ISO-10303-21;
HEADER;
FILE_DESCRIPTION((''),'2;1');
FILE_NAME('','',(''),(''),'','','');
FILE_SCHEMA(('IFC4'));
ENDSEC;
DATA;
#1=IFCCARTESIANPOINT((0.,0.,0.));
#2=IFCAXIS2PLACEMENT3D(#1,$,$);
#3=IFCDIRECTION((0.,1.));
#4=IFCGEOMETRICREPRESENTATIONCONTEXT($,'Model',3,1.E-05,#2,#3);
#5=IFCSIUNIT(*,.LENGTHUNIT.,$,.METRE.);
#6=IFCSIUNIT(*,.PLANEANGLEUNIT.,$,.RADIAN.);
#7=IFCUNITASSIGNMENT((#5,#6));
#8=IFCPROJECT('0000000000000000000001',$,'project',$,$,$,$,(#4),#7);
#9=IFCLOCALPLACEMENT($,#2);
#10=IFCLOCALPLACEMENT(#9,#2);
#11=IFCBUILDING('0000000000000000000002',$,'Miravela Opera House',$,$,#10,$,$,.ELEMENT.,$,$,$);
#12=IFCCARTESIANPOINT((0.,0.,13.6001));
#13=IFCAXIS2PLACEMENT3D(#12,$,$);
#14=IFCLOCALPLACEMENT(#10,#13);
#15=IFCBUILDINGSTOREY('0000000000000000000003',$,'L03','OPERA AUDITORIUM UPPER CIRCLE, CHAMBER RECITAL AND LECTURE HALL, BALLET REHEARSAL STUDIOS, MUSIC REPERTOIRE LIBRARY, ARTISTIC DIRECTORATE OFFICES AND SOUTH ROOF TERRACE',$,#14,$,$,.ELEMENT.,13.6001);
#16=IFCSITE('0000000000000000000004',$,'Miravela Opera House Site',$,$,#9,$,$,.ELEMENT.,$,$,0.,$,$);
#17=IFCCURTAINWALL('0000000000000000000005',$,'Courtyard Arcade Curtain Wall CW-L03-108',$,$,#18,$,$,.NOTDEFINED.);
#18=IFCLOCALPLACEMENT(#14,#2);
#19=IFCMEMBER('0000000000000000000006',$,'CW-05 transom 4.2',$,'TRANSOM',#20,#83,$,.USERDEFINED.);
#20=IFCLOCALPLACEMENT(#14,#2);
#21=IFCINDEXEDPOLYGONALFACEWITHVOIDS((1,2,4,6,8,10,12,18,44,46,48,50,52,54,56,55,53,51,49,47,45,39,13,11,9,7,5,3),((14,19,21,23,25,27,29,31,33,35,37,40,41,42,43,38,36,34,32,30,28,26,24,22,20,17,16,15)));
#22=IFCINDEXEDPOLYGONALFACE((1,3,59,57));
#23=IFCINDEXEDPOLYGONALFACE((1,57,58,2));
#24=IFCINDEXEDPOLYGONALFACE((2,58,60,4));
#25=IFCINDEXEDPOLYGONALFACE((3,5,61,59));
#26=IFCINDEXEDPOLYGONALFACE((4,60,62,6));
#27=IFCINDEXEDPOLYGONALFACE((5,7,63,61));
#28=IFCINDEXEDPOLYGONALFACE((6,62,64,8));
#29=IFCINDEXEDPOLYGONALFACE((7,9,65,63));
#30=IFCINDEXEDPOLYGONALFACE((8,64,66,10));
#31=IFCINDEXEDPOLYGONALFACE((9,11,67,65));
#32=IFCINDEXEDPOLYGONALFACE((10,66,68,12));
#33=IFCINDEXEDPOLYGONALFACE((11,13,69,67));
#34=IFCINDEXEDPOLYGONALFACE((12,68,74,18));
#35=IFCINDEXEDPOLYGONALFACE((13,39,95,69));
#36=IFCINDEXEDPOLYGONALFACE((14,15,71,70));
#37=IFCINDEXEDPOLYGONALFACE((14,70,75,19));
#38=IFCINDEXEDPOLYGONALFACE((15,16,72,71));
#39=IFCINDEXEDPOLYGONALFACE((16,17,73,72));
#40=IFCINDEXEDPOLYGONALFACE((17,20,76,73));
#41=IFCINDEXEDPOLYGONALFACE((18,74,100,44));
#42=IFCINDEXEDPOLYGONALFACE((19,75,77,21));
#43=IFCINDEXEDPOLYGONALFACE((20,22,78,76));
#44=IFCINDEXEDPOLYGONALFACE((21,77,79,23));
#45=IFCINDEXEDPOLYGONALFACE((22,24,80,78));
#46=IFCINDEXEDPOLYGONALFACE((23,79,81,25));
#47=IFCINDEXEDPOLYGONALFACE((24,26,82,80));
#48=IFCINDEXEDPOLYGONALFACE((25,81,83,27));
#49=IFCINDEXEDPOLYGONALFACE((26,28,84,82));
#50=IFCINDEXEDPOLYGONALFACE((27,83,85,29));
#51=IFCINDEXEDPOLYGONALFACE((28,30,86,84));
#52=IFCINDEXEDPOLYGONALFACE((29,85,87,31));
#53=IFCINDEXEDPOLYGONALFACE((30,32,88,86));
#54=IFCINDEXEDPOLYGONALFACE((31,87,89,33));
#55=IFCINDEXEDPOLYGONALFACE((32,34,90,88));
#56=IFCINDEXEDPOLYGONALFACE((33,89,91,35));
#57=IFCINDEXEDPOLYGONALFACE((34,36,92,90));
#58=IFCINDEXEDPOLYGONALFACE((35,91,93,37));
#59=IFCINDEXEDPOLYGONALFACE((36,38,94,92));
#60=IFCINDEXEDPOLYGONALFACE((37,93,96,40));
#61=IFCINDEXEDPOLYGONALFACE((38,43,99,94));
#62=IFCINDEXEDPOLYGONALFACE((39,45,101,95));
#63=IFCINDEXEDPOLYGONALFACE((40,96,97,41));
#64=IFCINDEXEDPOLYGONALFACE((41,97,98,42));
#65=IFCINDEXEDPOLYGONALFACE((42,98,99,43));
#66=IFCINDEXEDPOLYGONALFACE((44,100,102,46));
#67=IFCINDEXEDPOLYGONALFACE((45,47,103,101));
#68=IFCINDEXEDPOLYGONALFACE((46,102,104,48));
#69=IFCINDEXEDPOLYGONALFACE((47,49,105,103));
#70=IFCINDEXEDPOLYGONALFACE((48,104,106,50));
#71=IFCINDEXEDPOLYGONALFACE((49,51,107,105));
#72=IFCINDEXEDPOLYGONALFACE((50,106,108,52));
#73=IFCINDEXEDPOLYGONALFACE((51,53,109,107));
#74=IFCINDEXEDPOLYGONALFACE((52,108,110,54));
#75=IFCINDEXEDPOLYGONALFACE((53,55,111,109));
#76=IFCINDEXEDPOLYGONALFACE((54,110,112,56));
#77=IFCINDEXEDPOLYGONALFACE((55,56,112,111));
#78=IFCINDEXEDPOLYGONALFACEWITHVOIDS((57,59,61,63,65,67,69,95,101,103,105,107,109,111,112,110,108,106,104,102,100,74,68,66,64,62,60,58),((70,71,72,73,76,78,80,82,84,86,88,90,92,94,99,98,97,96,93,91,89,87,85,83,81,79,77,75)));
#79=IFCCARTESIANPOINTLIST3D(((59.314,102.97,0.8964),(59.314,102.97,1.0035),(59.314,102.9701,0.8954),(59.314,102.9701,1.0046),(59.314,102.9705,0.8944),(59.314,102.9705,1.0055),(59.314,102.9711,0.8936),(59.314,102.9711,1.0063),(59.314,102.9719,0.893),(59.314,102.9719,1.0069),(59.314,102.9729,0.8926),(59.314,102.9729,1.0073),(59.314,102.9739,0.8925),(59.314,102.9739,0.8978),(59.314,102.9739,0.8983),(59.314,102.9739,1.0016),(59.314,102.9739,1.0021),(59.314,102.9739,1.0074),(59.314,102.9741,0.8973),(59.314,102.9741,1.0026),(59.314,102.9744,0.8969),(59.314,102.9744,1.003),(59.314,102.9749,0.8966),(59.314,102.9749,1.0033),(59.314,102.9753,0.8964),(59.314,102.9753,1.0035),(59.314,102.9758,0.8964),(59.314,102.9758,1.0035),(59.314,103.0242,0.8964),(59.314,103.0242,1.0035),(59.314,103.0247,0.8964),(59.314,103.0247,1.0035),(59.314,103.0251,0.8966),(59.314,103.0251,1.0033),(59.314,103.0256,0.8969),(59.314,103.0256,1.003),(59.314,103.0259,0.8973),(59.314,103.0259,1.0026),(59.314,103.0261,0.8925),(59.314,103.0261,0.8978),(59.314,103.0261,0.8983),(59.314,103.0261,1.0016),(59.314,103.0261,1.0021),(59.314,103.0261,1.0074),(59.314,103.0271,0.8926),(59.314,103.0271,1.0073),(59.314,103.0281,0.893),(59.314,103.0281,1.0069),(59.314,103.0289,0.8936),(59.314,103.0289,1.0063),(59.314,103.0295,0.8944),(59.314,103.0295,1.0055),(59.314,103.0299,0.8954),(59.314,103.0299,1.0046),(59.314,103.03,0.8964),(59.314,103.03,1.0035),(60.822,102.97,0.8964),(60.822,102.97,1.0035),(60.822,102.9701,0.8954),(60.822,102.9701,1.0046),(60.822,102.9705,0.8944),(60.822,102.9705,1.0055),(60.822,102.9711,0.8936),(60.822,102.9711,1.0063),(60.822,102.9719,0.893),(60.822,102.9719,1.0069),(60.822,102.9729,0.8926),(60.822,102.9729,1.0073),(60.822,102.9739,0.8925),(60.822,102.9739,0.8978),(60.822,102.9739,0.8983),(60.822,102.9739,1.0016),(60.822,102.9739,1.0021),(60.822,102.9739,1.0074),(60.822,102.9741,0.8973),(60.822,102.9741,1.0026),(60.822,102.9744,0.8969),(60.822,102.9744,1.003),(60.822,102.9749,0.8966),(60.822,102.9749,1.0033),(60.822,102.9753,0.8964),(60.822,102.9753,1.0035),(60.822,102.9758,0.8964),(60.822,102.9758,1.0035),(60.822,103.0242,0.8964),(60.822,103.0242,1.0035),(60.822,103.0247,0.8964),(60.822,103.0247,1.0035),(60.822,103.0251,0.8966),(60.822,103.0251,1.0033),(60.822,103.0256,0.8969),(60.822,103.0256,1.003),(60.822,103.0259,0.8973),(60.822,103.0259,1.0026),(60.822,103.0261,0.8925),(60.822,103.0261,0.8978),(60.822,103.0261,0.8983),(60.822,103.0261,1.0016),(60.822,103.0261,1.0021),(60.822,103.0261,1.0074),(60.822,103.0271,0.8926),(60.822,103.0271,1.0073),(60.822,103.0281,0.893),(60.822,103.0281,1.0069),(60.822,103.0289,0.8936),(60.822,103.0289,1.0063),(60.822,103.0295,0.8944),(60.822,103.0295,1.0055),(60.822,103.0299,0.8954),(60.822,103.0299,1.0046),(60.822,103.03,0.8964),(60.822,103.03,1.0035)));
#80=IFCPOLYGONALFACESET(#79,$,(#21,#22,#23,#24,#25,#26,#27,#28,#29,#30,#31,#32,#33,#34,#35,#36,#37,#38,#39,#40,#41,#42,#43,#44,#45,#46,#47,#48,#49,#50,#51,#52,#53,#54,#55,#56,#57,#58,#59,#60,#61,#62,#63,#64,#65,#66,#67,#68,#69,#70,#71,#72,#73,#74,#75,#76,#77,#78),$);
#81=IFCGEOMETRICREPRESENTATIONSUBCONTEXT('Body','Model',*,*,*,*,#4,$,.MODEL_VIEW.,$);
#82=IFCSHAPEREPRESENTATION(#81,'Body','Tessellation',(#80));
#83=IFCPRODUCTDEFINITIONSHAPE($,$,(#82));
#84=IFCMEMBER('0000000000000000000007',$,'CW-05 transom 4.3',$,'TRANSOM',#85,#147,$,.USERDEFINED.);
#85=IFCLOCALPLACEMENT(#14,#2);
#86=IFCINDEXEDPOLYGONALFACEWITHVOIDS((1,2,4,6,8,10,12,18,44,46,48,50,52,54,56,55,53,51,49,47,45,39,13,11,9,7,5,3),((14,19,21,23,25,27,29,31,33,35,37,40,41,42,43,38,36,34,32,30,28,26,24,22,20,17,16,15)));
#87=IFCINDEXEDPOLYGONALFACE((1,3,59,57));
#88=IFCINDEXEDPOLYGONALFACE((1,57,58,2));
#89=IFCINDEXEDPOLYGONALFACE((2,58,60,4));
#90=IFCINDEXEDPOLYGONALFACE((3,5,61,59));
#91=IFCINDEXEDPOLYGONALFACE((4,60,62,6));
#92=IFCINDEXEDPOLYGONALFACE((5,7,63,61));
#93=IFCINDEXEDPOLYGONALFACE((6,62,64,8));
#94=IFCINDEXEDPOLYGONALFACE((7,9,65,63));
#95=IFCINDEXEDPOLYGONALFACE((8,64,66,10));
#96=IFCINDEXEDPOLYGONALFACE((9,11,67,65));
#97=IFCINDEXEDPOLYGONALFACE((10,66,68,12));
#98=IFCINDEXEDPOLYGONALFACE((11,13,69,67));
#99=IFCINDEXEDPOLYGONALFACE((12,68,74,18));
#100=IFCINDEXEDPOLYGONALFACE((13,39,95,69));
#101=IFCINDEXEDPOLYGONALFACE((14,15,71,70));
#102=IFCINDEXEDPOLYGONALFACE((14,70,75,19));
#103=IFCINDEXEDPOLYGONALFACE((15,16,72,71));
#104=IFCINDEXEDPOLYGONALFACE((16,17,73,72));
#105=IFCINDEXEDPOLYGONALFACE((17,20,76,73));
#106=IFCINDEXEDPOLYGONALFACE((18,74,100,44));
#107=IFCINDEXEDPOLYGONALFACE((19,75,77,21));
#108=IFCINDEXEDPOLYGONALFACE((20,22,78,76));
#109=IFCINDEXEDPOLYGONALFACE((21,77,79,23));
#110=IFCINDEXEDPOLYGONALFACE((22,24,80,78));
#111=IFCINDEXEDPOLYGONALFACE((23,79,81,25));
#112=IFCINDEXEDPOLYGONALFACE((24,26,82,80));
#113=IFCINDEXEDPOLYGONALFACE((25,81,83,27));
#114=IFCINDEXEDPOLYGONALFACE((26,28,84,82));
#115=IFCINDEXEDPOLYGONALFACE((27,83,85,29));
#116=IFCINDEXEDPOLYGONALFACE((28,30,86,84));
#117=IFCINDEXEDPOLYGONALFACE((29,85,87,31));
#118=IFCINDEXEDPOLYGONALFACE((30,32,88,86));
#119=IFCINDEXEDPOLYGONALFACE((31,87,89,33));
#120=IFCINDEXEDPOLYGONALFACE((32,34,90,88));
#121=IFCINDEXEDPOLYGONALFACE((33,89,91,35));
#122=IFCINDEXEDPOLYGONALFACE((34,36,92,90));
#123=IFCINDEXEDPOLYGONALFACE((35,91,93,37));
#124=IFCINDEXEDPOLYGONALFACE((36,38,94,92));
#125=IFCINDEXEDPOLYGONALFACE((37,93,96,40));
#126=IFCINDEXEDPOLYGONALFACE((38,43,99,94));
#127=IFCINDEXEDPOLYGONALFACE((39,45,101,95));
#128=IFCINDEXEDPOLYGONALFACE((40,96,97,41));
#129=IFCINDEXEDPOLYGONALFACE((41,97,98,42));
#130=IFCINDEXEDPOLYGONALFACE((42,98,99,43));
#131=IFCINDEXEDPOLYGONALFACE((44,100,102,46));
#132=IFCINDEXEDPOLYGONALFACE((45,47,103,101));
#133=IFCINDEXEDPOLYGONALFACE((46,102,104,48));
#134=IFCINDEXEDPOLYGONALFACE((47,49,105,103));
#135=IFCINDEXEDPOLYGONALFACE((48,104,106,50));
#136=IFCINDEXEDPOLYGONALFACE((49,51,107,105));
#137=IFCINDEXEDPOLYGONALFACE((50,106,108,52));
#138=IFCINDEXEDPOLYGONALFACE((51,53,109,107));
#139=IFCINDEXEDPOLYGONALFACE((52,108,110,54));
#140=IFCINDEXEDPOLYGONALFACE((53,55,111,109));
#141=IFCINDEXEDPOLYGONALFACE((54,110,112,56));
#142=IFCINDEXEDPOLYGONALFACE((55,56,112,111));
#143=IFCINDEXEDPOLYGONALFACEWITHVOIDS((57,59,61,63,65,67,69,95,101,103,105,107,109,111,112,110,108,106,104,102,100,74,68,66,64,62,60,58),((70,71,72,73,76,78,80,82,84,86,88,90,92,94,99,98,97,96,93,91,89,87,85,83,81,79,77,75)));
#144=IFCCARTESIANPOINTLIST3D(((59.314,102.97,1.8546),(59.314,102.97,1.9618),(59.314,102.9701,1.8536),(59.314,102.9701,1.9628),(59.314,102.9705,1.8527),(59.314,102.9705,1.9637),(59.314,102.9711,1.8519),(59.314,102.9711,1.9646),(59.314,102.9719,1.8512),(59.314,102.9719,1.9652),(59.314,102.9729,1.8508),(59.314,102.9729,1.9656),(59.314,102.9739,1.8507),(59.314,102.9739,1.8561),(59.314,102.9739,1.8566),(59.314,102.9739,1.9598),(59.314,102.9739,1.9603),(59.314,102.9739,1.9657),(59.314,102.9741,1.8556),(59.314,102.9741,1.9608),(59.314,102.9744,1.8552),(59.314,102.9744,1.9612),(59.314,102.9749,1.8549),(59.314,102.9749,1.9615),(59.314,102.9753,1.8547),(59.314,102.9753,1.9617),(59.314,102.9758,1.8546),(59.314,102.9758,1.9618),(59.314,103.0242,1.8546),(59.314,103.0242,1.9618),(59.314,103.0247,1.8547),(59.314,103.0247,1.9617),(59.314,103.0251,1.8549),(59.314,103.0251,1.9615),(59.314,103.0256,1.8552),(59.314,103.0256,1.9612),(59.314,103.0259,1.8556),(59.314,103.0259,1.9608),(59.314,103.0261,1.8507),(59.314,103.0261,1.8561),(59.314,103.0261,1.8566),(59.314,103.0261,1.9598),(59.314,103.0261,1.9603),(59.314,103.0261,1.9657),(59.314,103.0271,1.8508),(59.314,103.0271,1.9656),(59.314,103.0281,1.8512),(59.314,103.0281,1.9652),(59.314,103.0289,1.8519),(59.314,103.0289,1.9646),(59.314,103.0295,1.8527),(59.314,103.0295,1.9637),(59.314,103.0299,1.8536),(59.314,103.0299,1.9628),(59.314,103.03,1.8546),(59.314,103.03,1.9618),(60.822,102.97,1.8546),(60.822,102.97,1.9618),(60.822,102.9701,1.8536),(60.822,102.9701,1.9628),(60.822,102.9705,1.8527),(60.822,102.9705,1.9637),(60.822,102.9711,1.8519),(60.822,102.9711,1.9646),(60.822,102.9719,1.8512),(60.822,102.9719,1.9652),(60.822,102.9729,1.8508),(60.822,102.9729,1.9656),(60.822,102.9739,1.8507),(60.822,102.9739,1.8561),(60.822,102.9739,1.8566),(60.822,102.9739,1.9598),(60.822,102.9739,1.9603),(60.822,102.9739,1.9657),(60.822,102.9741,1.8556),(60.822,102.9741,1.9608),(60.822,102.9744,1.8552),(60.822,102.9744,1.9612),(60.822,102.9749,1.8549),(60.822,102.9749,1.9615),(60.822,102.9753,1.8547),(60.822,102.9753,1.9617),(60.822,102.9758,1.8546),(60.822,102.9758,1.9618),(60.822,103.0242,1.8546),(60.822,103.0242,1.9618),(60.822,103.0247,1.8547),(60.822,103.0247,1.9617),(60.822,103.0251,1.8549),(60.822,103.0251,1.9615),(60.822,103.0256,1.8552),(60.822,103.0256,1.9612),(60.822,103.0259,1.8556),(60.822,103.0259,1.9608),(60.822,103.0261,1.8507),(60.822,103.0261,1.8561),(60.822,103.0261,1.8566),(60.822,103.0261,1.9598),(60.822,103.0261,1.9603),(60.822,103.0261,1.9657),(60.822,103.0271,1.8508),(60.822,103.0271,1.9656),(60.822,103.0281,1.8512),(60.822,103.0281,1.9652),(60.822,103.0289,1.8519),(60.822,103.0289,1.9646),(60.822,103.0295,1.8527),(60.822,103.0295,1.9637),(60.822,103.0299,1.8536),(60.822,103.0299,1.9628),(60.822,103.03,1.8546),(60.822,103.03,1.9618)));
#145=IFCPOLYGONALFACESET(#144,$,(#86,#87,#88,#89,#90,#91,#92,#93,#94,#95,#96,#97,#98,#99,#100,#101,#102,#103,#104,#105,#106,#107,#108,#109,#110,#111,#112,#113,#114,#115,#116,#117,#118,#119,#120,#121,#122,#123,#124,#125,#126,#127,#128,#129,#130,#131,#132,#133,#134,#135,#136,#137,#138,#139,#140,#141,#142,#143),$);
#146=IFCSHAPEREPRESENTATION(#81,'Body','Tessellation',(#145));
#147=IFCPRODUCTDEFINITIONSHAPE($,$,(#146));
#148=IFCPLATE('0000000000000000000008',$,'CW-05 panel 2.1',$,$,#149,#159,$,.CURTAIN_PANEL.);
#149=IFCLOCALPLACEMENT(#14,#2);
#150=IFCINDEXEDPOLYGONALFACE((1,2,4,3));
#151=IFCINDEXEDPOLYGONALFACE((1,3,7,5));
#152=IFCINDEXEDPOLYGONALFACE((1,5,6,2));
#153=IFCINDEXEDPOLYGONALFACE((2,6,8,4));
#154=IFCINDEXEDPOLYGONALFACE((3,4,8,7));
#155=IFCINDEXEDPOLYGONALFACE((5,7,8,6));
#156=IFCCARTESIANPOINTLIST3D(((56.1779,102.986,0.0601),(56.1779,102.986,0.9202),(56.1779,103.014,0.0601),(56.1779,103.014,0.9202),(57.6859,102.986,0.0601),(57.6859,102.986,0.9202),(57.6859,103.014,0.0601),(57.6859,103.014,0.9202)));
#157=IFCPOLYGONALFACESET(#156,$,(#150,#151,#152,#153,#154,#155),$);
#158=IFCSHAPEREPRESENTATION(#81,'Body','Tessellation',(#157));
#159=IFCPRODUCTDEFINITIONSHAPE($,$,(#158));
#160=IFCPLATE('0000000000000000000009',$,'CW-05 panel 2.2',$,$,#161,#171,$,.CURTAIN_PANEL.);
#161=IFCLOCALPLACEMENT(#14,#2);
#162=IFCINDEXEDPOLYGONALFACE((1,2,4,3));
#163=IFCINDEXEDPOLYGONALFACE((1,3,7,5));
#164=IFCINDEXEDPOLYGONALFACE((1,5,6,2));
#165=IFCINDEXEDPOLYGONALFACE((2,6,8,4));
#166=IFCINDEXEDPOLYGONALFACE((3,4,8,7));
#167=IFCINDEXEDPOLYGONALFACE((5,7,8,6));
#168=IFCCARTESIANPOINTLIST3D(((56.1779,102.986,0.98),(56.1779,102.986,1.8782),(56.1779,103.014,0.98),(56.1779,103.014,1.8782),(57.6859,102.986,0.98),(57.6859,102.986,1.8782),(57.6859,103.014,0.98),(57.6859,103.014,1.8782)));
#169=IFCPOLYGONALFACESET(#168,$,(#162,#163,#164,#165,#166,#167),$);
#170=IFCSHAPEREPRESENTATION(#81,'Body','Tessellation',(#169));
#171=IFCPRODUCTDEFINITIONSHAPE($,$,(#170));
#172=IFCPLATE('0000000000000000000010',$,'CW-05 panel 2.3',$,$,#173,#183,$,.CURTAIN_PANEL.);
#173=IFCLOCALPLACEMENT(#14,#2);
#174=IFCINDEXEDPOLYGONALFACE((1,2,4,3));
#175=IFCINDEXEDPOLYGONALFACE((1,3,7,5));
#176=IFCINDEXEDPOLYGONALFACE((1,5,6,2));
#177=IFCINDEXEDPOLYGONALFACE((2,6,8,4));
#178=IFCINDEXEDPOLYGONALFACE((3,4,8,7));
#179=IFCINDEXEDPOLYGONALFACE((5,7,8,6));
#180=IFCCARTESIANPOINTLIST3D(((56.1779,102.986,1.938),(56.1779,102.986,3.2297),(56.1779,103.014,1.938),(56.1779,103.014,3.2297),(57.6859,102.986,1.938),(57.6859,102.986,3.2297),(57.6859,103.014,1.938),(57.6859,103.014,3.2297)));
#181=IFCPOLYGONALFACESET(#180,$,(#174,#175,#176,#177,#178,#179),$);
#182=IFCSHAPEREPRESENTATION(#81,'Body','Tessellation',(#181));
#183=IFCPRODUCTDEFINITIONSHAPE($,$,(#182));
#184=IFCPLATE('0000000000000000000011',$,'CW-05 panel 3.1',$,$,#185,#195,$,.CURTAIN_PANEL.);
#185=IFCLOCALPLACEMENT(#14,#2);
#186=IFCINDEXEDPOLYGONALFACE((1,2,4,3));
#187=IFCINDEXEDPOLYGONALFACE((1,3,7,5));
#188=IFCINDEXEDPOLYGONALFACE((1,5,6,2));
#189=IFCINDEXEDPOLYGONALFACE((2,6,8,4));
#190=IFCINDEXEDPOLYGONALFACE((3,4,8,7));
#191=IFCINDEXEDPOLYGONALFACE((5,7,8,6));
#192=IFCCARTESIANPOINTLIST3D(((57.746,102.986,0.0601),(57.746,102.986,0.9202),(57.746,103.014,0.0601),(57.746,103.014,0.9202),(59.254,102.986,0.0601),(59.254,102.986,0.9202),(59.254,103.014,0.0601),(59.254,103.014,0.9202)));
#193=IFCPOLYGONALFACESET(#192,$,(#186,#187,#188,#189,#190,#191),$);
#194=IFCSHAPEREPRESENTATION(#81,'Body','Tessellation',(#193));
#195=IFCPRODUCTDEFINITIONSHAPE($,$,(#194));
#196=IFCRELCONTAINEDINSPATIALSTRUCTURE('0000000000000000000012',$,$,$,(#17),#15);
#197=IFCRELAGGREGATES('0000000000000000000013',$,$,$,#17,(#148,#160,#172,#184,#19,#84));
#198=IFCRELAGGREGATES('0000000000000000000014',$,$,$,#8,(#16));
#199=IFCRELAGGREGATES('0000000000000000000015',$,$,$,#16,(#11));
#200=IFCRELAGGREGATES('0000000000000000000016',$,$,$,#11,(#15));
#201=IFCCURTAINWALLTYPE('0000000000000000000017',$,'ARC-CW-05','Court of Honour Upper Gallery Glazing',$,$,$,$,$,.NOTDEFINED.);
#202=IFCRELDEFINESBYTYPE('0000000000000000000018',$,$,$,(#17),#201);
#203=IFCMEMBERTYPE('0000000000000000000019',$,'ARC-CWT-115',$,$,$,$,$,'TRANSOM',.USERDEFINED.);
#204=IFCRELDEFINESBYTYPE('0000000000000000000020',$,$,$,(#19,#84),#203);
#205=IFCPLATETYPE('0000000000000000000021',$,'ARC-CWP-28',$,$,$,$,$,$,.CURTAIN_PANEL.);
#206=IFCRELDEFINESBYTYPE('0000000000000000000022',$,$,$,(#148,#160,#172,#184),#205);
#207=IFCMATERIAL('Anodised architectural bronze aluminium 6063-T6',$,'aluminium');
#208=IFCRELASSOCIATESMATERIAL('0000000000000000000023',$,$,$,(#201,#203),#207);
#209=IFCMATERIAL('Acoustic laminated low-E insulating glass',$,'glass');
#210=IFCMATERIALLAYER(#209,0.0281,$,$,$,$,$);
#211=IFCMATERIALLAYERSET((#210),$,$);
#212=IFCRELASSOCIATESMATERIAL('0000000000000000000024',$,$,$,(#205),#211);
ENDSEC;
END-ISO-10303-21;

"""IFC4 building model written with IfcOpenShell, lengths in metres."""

from ifc_helpers import new_model, si_unit, direction, frame, origin, origin_2d, place, context, subcontext, project, spatial, rectangle, hollow_rectangle, extrude, material, layer, layer_set, material_profile, profile_set, type_object, element, aggregate, save


model = new_model("IFC4")

# Units and contexts
model_context = context("Model", 3, precision=1e-05, world=origin(), true_north=direction((0.0, 1.0)))
body_context = subcontext(model_context, "Body", "Model", "MODEL_VIEW")
ifc_project = project(units=[si_unit("LENGTHUNIT", "METRE"), si_unit("PLANEANGLEUNIT", "RADIAN")], contexts=[model_context])

# Site, building, storey
site_placement = place(None, origin())
site = spatial("IfcSite", under=ifc_project, at=site_placement, Name="Miravela Opera House Site", CompositionType="ELEMENT", RefElevation=0.0)
building_placement = place(site_placement, origin())
building = spatial("IfcBuilding", under=site, at=building_placement, Name="Miravela Opera House", CompositionType="ELEMENT")
storey_placement = place(building_placement, frame((0.0, 0.0, 13.6001)))
storey = spatial("IfcBuildingStorey", under=building, at=storey_placement, Name="L03", Description="OPERA AUDITORIUM UPPER CIRCLE, CHAMBER RECITAL AND LECTURE HALL, BALLET REHEARSAL STUDIOS, MUSIC REPERTOIRE LIBRARY, ARTISTIC DIRECTORATE OFFICES AND SOUTH ROOF TERRACE", CompositionType="ELEMENT", Elevation=13.6001)

# Curtain wall, members, plates
ifc_material_1 = material(Name="Anodised architectural bronze aluminium 6063-T6", Category="aluminium")
curtain_wall_type = type_object("IfcCurtainWallType", Name="ARC-CW-05", Description="Court of Honour Upper Gallery Glazing", PredefinedType="NOTDEFINED", material=ifc_material_1)
curtain_wall_placement = place(storey_placement, origin())
curtain_wall = element("IfcCurtainWall", 1, at=curtain_wall_placement, inside=storey, type_object=curtain_wall_type, Name="Courtyard Arcade Curtain Wall CW-L03-108", PredefinedType="NOTDEFINED")
ifc_material_profile_1 = material_profile(ifc_material_1, hollow_rectangle(XDim=0.0601, YDim=0.115, WallThickness=0.0039, InnerFilletRadius=0.002, OuterFilletRadius=0.0039, at=origin_2d()), Name="CWT-60X115")
ifc_profile_set_1 = profile_set([ifc_material_profile_1])
member_type_1 = type_object("IfcMemberType", Name="ARC-CWT-115", ElementType="TRANSOM", PredefinedType="USERDEFINED", material=ifc_profile_set_1)
member_1_placement = place(storey_placement, frame((59.314, 103.0, 0.95), z_axis=(1.0, 0.0, 0.0), x_axis=(0.0, 1.0, 0.0)))
member_1 = element("IfcMember", 2, at=member_1_placement, type_object=member_type_1, Name="CW-05 transom 4.2", ObjectType="TRANSOM", PredefinedType="USERDEFINED", context=body_context, shape_type="SweptSolid", body=[
    extrude(hollow_rectangle(XDim=0.0601, YDim=0.115, WallThickness=0.0039, InnerFilletRadius=0.002, OuterFilletRadius=0.0039, at=origin_2d()), origin(), (0.0, 0.0, 1.0), 1.5081),
])
member_2_placement = place(storey_placement, frame((59.314, 103.0, 1.9082), z_axis=(1.0, 0.0, 0.0), x_axis=(0.0, 1.0, 0.0)))
member_2 = element("IfcMember", 3, at=member_2_placement, type_object=member_type_1, Name="CW-05 transom 4.3", ObjectType="TRANSOM", PredefinedType="USERDEFINED", context=body_context, shape_type="SweptSolid", body=[
    extrude(hollow_rectangle(XDim=0.0601, YDim=0.115, WallThickness=0.0039, InnerFilletRadius=0.002, OuterFilletRadius=0.0039, at=origin_2d()), origin(), (0.0, 0.0, 1.0), 1.5081),
])
ifc_material_2 = material(Name="Acoustic laminated low-E insulating glass", Category="glass")
ifc_layer = layer(ifc_material_2, 0.0281)
ifc_layer_set = layer_set([ifc_layer])
plate_type = type_object("IfcPlateType", Name="ARC-CWP-28", PredefinedType="CURTAIN_PANEL", material=ifc_layer_set)
plate_1_placement = place(storey_placement, frame((56.9319, 103.0, 0.0601), z_axis=(0.0, 0.0, 1.0), x_axis=(1.0, 0.0, 0.0)))
plate_1 = element("IfcPlate", 4, at=plate_1_placement, type_object=plate_type, Name="CW-05 panel 2.1", PredefinedType="CURTAIN_PANEL", context=body_context, shape_type="SweptSolid", body=[
    extrude(rectangle(XDim=1.5081, YDim=0.0281, at=origin_2d()), origin(), (0.0, 0.0, 1.0), 0.8601),
])
plate_2_placement = place(storey_placement, frame((56.9319, 103.0, 0.98), z_axis=(0.0, 0.0, 1.0), x_axis=(1.0, 0.0, 0.0)))
plate_2 = element("IfcPlate", 5, at=plate_2_placement, type_object=plate_type, Name="CW-05 panel 2.2", PredefinedType="CURTAIN_PANEL", context=body_context, shape_type="SweptSolid", body=[
    extrude(rectangle(XDim=1.5081, YDim=0.0281, at=origin_2d()), origin(), (0.0, 0.0, 1.0), 0.8982),
])
plate_3_placement = place(storey_placement, frame((56.9319, 103.0, 1.938), z_axis=(0.0, 0.0, 1.0), x_axis=(1.0, 0.0, 0.0)))
plate_3 = element("IfcPlate", 6, at=plate_3_placement, type_object=plate_type, Name="CW-05 panel 2.3", PredefinedType="CURTAIN_PANEL", context=body_context, shape_type="SweptSolid", body=[
    extrude(rectangle(XDim=1.5081, YDim=0.0281, at=origin_2d()), origin(), (0.0, 0.0, 1.0), 1.2917),
])
plate_4_placement = place(storey_placement, frame((58.5, 103.0, 0.0601), z_axis=(0.0, 0.0, 1.0), x_axis=(1.0, 0.0, 0.0)))
plate_4 = element("IfcPlate", 7, at=plate_4_placement, type_object=plate_type, Name="CW-05 panel 3.1", PredefinedType="CURTAIN_PANEL", context=body_context, shape_type="SweptSolid", body=[
    extrude(rectangle(XDim=1.5081, YDim=0.0281, at=origin_2d()), origin(), (0.0, 0.0, 1.0), 0.8601),
])
aggregate(curtain_wall, [plate_1, plate_2, plate_3, plate_4, member_1, member_2])

save(model, "model.ifc")
